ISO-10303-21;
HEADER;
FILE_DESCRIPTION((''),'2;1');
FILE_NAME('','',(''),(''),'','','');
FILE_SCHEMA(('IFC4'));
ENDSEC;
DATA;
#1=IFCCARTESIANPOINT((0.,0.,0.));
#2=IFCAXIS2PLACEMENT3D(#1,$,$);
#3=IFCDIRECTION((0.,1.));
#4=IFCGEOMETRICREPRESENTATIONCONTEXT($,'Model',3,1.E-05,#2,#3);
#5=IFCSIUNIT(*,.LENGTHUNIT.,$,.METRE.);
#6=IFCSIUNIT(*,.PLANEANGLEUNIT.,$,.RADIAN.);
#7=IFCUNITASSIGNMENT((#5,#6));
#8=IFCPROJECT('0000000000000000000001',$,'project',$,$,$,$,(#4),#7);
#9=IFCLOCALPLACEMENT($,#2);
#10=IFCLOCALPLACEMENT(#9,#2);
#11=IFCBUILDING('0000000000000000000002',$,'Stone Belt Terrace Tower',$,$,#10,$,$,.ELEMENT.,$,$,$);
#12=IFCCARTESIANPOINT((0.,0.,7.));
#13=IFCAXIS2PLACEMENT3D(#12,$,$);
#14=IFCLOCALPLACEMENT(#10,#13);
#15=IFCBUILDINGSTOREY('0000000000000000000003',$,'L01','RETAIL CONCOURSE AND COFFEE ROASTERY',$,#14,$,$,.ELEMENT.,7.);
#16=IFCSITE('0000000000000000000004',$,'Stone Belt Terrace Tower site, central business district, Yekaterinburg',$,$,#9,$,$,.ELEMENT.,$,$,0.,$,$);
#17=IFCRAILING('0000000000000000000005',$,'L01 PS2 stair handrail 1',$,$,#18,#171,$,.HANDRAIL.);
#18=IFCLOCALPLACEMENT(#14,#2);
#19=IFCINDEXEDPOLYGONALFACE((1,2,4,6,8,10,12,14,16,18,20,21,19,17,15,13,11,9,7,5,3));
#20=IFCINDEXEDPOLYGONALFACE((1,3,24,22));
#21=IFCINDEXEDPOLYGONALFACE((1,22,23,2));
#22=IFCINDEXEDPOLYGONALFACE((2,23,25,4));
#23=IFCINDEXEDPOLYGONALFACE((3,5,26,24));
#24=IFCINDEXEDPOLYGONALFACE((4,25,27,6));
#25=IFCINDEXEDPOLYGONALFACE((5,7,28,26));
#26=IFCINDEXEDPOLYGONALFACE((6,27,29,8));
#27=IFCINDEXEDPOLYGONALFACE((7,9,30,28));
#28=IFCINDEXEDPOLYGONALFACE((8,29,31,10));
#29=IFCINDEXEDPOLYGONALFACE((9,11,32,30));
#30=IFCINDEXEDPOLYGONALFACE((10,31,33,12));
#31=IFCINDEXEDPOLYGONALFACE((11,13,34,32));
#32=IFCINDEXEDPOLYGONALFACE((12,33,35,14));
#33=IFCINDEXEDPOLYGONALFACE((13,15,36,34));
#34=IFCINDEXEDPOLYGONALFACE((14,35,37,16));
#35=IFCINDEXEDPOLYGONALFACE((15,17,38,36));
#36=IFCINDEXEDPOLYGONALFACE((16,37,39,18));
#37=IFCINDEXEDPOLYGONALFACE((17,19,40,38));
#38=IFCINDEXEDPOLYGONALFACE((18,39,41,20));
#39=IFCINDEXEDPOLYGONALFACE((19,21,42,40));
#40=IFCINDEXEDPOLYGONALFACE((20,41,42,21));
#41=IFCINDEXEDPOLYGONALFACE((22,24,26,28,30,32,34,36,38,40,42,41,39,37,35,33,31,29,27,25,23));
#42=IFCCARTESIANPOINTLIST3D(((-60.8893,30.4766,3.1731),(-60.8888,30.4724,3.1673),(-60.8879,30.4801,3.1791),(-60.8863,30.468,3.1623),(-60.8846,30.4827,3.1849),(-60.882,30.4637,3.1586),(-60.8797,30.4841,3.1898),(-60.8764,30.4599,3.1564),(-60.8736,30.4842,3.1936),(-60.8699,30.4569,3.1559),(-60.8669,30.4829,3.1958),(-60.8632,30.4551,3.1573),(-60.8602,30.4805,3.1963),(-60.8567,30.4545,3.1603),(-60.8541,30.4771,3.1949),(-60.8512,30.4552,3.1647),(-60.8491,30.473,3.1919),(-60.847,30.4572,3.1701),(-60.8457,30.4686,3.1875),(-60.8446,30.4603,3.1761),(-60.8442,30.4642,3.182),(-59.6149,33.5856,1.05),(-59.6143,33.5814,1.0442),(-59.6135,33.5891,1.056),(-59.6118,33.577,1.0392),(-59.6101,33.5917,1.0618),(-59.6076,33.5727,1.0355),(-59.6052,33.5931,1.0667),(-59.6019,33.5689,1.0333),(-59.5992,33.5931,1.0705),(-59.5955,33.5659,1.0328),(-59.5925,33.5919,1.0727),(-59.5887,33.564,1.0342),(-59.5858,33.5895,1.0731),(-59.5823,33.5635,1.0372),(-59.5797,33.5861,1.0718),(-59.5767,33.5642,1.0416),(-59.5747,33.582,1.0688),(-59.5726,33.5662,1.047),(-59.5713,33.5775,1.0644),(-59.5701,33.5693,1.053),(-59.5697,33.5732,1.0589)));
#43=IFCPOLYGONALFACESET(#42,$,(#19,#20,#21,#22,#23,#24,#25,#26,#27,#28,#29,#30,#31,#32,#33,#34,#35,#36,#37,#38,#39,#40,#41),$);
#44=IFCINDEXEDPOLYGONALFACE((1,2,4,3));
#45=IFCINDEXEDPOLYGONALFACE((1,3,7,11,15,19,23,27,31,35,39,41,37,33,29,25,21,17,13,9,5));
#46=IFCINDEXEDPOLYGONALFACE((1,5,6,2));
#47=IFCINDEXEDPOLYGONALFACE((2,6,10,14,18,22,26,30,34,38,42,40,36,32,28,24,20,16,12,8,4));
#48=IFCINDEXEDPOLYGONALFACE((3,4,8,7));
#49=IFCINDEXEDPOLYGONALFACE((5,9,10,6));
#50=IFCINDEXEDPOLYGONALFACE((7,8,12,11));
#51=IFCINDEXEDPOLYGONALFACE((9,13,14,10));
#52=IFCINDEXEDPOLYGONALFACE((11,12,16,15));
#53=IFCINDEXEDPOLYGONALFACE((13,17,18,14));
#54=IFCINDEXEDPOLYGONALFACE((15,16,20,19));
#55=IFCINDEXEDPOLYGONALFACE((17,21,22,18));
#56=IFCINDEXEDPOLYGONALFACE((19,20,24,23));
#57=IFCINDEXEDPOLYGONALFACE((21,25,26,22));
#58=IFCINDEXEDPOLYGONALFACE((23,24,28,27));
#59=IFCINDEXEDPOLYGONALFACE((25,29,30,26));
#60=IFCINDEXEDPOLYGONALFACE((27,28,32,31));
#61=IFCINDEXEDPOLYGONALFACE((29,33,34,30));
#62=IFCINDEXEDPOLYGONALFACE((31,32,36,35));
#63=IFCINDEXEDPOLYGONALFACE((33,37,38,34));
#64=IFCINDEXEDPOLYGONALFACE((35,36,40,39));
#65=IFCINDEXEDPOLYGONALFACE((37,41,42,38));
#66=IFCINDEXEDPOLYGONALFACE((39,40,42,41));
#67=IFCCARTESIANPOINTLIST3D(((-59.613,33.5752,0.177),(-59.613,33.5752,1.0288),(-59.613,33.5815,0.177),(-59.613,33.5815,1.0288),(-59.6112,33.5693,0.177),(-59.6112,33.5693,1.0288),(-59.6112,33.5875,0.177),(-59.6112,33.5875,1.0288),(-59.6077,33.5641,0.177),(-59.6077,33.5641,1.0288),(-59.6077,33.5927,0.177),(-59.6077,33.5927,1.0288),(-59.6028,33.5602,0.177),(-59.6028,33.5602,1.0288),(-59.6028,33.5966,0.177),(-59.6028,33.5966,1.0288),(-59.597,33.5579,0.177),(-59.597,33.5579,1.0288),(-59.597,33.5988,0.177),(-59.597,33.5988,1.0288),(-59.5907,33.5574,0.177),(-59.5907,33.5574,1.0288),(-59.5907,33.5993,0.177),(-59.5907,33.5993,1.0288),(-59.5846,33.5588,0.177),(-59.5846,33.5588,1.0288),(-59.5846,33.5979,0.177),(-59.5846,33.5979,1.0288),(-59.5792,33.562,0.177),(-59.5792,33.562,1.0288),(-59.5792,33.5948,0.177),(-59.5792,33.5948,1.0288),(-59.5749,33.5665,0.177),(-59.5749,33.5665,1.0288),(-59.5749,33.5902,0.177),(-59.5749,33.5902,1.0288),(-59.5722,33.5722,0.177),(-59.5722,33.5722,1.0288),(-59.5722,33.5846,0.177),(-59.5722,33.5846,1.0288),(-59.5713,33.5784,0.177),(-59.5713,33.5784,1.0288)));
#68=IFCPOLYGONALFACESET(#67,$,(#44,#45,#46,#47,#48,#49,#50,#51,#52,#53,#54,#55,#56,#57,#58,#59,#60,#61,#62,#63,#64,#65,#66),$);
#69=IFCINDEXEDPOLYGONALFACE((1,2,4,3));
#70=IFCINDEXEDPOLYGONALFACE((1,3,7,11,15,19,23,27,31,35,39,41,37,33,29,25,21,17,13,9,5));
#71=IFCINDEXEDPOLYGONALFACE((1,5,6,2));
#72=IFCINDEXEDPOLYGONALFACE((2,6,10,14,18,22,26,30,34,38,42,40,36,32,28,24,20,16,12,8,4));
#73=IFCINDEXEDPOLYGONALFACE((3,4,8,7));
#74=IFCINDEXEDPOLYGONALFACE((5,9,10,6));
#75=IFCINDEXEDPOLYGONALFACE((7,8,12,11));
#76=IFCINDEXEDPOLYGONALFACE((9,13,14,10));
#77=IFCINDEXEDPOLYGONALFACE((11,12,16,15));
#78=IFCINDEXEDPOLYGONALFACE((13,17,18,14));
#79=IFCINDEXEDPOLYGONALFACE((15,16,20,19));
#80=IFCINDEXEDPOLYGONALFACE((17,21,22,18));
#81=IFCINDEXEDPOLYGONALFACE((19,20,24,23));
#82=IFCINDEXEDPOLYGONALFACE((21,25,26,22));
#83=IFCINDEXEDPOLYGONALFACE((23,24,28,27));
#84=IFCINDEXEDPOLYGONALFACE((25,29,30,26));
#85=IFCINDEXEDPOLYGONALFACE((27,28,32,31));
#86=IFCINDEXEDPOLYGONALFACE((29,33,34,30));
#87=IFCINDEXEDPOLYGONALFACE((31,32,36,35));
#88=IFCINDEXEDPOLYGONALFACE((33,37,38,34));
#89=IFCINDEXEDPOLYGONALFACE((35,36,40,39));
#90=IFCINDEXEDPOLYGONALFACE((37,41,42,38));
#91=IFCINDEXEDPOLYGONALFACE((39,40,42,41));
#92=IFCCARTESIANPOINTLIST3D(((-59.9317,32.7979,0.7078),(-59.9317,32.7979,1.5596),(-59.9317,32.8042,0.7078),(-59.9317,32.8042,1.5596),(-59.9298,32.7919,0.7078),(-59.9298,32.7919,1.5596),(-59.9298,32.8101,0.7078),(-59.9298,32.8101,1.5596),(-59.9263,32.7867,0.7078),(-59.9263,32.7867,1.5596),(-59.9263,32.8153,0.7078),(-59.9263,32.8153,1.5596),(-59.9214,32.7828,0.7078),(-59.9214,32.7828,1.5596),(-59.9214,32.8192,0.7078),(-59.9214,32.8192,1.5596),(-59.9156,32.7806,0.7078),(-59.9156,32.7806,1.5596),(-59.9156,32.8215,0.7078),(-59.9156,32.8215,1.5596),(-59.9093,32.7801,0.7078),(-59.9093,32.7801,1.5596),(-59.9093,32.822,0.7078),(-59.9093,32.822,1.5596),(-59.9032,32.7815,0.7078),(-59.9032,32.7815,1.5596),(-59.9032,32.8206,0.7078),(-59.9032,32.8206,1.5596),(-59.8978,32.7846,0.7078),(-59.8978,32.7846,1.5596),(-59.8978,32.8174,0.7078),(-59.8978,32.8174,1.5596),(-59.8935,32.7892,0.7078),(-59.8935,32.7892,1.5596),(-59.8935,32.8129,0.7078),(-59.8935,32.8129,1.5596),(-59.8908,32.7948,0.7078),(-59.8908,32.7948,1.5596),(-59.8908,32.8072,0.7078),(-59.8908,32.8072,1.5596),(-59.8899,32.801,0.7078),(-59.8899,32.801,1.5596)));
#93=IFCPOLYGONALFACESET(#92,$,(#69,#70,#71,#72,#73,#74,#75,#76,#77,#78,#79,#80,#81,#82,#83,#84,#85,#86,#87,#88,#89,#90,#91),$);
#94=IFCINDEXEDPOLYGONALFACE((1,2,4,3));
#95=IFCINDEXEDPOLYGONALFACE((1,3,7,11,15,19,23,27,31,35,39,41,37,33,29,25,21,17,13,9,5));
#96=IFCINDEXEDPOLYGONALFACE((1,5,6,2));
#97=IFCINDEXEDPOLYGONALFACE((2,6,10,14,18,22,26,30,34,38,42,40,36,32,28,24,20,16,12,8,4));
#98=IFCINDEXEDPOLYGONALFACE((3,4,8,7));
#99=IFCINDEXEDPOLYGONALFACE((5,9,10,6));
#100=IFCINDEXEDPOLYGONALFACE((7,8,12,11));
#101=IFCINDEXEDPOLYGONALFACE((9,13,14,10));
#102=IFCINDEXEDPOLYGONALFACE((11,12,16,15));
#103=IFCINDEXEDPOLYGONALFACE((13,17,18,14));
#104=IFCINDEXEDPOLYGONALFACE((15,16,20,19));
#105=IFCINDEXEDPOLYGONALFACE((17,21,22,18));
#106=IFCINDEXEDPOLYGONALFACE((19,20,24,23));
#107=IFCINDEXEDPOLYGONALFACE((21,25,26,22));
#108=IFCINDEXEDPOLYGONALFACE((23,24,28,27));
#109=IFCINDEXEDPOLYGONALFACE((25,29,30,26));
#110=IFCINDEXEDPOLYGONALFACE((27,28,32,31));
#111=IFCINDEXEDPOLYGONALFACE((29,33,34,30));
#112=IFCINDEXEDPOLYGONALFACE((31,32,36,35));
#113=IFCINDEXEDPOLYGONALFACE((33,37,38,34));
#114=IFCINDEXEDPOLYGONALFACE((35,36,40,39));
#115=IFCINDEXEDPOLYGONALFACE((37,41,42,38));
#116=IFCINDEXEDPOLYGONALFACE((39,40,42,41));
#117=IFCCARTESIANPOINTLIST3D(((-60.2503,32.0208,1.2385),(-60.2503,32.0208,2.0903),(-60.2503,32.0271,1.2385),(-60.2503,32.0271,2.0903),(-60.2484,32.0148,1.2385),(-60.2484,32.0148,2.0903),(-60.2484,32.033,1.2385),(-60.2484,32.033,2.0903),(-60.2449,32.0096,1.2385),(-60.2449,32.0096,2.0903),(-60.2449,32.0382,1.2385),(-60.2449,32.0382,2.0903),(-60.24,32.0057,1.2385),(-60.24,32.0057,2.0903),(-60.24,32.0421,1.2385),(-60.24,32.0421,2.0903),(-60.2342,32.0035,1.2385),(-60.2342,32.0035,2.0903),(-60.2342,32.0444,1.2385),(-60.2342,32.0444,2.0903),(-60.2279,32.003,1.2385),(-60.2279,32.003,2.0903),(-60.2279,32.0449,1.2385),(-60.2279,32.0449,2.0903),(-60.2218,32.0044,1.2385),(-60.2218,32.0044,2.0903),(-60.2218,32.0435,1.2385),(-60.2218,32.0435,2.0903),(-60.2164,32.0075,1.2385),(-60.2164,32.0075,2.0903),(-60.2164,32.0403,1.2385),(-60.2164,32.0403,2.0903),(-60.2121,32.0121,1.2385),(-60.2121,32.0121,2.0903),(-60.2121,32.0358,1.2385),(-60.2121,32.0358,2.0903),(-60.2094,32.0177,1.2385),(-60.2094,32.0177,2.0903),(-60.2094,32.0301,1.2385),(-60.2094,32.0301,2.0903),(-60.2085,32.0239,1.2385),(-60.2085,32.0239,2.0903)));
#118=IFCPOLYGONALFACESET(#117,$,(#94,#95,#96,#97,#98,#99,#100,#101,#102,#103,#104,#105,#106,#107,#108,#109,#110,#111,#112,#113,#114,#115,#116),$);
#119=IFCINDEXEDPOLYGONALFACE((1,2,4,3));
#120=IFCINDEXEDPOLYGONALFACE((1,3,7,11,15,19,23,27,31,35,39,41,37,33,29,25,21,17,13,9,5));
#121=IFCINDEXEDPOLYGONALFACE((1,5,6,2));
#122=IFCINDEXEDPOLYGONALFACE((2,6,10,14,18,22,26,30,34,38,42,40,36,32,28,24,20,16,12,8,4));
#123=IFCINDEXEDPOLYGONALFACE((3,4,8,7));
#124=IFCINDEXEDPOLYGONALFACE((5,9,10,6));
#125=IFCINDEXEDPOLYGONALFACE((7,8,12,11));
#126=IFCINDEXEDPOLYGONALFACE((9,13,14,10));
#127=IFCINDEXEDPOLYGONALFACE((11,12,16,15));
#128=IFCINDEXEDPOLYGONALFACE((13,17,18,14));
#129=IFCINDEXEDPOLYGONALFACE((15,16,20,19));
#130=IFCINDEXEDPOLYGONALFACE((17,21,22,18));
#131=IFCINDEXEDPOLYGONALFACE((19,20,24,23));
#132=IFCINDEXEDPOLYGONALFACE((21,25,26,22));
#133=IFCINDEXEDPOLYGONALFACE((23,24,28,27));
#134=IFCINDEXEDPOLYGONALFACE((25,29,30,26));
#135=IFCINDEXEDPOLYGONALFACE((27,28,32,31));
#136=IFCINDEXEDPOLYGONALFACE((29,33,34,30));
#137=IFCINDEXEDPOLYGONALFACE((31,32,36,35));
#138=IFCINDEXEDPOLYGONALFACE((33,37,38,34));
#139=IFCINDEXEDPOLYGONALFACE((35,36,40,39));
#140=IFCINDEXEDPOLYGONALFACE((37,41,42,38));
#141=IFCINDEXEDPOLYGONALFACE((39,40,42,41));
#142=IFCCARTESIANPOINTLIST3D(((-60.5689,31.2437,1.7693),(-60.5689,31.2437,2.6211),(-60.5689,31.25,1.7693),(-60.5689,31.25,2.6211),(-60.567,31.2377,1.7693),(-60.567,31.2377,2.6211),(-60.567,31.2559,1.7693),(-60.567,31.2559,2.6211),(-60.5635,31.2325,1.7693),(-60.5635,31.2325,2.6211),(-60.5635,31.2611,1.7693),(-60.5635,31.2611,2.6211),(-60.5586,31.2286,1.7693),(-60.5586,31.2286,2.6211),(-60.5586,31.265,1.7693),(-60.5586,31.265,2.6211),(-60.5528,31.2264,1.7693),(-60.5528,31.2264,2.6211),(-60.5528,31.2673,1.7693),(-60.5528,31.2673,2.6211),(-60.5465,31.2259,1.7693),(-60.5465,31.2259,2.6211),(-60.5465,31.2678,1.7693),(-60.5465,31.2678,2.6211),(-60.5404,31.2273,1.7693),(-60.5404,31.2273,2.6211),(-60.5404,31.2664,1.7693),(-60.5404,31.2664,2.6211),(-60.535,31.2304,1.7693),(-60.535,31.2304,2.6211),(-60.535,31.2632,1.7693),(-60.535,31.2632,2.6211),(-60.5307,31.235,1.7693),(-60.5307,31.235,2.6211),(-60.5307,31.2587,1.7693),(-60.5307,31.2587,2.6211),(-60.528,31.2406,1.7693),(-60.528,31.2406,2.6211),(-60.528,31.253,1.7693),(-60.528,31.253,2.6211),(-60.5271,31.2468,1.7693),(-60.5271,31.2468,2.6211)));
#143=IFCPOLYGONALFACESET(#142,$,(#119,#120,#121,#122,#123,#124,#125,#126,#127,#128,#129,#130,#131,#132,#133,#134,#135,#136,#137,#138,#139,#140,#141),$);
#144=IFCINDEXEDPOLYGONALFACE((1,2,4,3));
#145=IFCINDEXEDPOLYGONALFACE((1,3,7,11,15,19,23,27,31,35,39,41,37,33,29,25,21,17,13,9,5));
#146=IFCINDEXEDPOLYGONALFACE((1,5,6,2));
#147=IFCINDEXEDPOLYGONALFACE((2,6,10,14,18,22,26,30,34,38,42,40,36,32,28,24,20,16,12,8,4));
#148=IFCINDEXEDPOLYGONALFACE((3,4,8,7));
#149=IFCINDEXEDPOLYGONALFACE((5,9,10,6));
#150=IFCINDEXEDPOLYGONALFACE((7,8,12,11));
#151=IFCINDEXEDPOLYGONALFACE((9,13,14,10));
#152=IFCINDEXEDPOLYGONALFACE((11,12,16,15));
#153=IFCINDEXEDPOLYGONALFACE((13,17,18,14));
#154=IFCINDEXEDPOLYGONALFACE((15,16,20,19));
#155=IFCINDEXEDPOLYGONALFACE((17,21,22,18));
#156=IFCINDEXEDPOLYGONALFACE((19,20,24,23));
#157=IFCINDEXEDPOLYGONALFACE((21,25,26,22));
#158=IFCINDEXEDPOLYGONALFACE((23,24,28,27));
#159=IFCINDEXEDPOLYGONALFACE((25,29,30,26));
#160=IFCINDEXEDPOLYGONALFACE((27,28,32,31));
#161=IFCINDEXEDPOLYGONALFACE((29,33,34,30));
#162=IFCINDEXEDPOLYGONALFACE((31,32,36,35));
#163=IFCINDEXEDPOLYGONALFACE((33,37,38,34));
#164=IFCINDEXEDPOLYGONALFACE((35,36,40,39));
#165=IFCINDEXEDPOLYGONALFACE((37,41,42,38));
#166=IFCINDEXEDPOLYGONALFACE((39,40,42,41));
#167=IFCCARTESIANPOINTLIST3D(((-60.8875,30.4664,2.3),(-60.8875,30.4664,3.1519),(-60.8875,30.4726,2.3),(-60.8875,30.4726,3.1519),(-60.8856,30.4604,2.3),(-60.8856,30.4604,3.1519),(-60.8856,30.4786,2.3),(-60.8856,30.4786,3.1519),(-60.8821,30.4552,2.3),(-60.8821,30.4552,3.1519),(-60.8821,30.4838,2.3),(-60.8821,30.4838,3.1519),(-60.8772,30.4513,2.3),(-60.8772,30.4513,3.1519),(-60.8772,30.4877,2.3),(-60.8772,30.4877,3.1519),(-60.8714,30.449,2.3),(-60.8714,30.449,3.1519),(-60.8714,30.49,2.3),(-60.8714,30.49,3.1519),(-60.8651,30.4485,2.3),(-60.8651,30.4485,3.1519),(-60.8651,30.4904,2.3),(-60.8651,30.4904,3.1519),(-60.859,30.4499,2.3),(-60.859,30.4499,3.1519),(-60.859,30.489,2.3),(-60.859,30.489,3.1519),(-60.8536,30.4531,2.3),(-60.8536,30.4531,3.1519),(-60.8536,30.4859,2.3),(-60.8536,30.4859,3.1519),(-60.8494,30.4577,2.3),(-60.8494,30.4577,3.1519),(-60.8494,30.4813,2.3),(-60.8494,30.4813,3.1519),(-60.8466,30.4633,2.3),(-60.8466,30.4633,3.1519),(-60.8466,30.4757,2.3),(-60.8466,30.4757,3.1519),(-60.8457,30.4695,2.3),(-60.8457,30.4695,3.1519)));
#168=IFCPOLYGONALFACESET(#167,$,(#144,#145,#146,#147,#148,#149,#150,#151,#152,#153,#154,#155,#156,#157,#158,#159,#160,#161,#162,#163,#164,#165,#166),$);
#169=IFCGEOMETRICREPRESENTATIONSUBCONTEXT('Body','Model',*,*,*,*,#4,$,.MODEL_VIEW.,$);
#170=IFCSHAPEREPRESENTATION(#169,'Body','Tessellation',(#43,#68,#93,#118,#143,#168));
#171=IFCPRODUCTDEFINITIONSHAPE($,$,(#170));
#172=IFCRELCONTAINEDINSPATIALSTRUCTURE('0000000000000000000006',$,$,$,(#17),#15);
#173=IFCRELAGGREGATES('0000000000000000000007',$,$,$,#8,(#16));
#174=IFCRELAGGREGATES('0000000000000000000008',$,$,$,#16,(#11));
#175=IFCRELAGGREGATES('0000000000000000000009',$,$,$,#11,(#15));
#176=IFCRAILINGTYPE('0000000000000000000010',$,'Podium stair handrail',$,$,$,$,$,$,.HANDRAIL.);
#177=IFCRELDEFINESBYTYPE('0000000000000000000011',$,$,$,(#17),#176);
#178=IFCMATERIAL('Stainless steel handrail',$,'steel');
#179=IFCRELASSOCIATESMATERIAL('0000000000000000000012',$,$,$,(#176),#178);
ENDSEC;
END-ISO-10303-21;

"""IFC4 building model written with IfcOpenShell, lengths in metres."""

from ifc_helpers import new_model, si_unit, direction, frame, origin, origin_2d, place, context, subcontext, project, spatial, circle, extrude, material, type_object, element, save


model = new_model("IFC4")

# Units and contexts
model_context = context("Model", 3, precision=1e-05, world=origin(), true_north=direction((0.0, 1.0)))
body_context = subcontext(model_context, "Body", "Model", "MODEL_VIEW")
ifc_project = project(units=[si_unit("LENGTHUNIT", "METRE"), si_unit("PLANEANGLEUNIT", "RADIAN")], contexts=[model_context])

# Site, building, storey
site_placement = place(None, origin())
site = spatial("IfcSite", under=ifc_project, at=site_placement, Name="Stone Belt Terrace Tower site, central business district, Yekaterinburg", CompositionType="ELEMENT", RefElevation=0.0)
building_placement = place(site_placement, origin())
building = spatial("IfcBuilding", under=site, at=building_placement, Name="Stone Belt Terrace Tower", CompositionType="ELEMENT")
storey_placement = place(building_placement, frame((0.0, 0.0, 7.0)))
storey = spatial("IfcBuildingStorey", under=building, at=storey_placement, Name="L01", Description="RETAIL CONCOURSE AND COFFEE ROASTERY", CompositionType="ELEMENT", Elevation=7.0)

# Railing
ifc_material_1 = material(Name="Stainless steel handrail", Category="steel")
railing_type_1 = type_object("IfcRailingType", Name="Podium stair handrail", PredefinedType="HANDRAIL", material=ifc_material_1)
railing_1_placement = place(storey_placement, frame((-59.5923, 33.5784, 0.177)))
element("IfcRailing", 1, at=railing_1_placement, inside=storey, type_object=railing_type_1, Name="L01 PS2 stair handrail 1", PredefinedType="HANDRAIL", context=body_context, shape_type="SweptSolid", body=[
    extrude(circle(Radius=0.0239, at=origin_2d()), frame((0.0, 0.0, 0.876), z_axis=(-0.320648, -0.782209, 0.534167), x_axis=(0.925276, -0.379295, 0.0)), (0.0, 0.0, 1.0), 3.9746),
    extrude(circle(Radius=0.021, at=origin_2d()), origin(), (0.0, 0.0, 1.0), 0.8518),
    extrude(circle(Radius=0.021, at=origin_2d()), frame((-0.3186, -0.7773, 0.5308)), (0.0, 0.0, 1.0), 0.8518),
    extrude(circle(Radius=0.021, at=origin_2d()), frame((-0.6372, -1.5544, 1.0615)), (0.0, 0.0, 1.0), 0.8518),
    extrude(circle(Radius=0.021, at=origin_2d()), frame((-0.9558, -2.3315, 1.5923)), (0.0, 0.0, 1.0), 0.8518),
    extrude(circle(Radius=0.021, at=origin_2d()), frame((-1.2744, -3.1089, 2.123)), (0.0, 0.0, 1.0), 0.8518),
])

save(model, "model.ifc")
